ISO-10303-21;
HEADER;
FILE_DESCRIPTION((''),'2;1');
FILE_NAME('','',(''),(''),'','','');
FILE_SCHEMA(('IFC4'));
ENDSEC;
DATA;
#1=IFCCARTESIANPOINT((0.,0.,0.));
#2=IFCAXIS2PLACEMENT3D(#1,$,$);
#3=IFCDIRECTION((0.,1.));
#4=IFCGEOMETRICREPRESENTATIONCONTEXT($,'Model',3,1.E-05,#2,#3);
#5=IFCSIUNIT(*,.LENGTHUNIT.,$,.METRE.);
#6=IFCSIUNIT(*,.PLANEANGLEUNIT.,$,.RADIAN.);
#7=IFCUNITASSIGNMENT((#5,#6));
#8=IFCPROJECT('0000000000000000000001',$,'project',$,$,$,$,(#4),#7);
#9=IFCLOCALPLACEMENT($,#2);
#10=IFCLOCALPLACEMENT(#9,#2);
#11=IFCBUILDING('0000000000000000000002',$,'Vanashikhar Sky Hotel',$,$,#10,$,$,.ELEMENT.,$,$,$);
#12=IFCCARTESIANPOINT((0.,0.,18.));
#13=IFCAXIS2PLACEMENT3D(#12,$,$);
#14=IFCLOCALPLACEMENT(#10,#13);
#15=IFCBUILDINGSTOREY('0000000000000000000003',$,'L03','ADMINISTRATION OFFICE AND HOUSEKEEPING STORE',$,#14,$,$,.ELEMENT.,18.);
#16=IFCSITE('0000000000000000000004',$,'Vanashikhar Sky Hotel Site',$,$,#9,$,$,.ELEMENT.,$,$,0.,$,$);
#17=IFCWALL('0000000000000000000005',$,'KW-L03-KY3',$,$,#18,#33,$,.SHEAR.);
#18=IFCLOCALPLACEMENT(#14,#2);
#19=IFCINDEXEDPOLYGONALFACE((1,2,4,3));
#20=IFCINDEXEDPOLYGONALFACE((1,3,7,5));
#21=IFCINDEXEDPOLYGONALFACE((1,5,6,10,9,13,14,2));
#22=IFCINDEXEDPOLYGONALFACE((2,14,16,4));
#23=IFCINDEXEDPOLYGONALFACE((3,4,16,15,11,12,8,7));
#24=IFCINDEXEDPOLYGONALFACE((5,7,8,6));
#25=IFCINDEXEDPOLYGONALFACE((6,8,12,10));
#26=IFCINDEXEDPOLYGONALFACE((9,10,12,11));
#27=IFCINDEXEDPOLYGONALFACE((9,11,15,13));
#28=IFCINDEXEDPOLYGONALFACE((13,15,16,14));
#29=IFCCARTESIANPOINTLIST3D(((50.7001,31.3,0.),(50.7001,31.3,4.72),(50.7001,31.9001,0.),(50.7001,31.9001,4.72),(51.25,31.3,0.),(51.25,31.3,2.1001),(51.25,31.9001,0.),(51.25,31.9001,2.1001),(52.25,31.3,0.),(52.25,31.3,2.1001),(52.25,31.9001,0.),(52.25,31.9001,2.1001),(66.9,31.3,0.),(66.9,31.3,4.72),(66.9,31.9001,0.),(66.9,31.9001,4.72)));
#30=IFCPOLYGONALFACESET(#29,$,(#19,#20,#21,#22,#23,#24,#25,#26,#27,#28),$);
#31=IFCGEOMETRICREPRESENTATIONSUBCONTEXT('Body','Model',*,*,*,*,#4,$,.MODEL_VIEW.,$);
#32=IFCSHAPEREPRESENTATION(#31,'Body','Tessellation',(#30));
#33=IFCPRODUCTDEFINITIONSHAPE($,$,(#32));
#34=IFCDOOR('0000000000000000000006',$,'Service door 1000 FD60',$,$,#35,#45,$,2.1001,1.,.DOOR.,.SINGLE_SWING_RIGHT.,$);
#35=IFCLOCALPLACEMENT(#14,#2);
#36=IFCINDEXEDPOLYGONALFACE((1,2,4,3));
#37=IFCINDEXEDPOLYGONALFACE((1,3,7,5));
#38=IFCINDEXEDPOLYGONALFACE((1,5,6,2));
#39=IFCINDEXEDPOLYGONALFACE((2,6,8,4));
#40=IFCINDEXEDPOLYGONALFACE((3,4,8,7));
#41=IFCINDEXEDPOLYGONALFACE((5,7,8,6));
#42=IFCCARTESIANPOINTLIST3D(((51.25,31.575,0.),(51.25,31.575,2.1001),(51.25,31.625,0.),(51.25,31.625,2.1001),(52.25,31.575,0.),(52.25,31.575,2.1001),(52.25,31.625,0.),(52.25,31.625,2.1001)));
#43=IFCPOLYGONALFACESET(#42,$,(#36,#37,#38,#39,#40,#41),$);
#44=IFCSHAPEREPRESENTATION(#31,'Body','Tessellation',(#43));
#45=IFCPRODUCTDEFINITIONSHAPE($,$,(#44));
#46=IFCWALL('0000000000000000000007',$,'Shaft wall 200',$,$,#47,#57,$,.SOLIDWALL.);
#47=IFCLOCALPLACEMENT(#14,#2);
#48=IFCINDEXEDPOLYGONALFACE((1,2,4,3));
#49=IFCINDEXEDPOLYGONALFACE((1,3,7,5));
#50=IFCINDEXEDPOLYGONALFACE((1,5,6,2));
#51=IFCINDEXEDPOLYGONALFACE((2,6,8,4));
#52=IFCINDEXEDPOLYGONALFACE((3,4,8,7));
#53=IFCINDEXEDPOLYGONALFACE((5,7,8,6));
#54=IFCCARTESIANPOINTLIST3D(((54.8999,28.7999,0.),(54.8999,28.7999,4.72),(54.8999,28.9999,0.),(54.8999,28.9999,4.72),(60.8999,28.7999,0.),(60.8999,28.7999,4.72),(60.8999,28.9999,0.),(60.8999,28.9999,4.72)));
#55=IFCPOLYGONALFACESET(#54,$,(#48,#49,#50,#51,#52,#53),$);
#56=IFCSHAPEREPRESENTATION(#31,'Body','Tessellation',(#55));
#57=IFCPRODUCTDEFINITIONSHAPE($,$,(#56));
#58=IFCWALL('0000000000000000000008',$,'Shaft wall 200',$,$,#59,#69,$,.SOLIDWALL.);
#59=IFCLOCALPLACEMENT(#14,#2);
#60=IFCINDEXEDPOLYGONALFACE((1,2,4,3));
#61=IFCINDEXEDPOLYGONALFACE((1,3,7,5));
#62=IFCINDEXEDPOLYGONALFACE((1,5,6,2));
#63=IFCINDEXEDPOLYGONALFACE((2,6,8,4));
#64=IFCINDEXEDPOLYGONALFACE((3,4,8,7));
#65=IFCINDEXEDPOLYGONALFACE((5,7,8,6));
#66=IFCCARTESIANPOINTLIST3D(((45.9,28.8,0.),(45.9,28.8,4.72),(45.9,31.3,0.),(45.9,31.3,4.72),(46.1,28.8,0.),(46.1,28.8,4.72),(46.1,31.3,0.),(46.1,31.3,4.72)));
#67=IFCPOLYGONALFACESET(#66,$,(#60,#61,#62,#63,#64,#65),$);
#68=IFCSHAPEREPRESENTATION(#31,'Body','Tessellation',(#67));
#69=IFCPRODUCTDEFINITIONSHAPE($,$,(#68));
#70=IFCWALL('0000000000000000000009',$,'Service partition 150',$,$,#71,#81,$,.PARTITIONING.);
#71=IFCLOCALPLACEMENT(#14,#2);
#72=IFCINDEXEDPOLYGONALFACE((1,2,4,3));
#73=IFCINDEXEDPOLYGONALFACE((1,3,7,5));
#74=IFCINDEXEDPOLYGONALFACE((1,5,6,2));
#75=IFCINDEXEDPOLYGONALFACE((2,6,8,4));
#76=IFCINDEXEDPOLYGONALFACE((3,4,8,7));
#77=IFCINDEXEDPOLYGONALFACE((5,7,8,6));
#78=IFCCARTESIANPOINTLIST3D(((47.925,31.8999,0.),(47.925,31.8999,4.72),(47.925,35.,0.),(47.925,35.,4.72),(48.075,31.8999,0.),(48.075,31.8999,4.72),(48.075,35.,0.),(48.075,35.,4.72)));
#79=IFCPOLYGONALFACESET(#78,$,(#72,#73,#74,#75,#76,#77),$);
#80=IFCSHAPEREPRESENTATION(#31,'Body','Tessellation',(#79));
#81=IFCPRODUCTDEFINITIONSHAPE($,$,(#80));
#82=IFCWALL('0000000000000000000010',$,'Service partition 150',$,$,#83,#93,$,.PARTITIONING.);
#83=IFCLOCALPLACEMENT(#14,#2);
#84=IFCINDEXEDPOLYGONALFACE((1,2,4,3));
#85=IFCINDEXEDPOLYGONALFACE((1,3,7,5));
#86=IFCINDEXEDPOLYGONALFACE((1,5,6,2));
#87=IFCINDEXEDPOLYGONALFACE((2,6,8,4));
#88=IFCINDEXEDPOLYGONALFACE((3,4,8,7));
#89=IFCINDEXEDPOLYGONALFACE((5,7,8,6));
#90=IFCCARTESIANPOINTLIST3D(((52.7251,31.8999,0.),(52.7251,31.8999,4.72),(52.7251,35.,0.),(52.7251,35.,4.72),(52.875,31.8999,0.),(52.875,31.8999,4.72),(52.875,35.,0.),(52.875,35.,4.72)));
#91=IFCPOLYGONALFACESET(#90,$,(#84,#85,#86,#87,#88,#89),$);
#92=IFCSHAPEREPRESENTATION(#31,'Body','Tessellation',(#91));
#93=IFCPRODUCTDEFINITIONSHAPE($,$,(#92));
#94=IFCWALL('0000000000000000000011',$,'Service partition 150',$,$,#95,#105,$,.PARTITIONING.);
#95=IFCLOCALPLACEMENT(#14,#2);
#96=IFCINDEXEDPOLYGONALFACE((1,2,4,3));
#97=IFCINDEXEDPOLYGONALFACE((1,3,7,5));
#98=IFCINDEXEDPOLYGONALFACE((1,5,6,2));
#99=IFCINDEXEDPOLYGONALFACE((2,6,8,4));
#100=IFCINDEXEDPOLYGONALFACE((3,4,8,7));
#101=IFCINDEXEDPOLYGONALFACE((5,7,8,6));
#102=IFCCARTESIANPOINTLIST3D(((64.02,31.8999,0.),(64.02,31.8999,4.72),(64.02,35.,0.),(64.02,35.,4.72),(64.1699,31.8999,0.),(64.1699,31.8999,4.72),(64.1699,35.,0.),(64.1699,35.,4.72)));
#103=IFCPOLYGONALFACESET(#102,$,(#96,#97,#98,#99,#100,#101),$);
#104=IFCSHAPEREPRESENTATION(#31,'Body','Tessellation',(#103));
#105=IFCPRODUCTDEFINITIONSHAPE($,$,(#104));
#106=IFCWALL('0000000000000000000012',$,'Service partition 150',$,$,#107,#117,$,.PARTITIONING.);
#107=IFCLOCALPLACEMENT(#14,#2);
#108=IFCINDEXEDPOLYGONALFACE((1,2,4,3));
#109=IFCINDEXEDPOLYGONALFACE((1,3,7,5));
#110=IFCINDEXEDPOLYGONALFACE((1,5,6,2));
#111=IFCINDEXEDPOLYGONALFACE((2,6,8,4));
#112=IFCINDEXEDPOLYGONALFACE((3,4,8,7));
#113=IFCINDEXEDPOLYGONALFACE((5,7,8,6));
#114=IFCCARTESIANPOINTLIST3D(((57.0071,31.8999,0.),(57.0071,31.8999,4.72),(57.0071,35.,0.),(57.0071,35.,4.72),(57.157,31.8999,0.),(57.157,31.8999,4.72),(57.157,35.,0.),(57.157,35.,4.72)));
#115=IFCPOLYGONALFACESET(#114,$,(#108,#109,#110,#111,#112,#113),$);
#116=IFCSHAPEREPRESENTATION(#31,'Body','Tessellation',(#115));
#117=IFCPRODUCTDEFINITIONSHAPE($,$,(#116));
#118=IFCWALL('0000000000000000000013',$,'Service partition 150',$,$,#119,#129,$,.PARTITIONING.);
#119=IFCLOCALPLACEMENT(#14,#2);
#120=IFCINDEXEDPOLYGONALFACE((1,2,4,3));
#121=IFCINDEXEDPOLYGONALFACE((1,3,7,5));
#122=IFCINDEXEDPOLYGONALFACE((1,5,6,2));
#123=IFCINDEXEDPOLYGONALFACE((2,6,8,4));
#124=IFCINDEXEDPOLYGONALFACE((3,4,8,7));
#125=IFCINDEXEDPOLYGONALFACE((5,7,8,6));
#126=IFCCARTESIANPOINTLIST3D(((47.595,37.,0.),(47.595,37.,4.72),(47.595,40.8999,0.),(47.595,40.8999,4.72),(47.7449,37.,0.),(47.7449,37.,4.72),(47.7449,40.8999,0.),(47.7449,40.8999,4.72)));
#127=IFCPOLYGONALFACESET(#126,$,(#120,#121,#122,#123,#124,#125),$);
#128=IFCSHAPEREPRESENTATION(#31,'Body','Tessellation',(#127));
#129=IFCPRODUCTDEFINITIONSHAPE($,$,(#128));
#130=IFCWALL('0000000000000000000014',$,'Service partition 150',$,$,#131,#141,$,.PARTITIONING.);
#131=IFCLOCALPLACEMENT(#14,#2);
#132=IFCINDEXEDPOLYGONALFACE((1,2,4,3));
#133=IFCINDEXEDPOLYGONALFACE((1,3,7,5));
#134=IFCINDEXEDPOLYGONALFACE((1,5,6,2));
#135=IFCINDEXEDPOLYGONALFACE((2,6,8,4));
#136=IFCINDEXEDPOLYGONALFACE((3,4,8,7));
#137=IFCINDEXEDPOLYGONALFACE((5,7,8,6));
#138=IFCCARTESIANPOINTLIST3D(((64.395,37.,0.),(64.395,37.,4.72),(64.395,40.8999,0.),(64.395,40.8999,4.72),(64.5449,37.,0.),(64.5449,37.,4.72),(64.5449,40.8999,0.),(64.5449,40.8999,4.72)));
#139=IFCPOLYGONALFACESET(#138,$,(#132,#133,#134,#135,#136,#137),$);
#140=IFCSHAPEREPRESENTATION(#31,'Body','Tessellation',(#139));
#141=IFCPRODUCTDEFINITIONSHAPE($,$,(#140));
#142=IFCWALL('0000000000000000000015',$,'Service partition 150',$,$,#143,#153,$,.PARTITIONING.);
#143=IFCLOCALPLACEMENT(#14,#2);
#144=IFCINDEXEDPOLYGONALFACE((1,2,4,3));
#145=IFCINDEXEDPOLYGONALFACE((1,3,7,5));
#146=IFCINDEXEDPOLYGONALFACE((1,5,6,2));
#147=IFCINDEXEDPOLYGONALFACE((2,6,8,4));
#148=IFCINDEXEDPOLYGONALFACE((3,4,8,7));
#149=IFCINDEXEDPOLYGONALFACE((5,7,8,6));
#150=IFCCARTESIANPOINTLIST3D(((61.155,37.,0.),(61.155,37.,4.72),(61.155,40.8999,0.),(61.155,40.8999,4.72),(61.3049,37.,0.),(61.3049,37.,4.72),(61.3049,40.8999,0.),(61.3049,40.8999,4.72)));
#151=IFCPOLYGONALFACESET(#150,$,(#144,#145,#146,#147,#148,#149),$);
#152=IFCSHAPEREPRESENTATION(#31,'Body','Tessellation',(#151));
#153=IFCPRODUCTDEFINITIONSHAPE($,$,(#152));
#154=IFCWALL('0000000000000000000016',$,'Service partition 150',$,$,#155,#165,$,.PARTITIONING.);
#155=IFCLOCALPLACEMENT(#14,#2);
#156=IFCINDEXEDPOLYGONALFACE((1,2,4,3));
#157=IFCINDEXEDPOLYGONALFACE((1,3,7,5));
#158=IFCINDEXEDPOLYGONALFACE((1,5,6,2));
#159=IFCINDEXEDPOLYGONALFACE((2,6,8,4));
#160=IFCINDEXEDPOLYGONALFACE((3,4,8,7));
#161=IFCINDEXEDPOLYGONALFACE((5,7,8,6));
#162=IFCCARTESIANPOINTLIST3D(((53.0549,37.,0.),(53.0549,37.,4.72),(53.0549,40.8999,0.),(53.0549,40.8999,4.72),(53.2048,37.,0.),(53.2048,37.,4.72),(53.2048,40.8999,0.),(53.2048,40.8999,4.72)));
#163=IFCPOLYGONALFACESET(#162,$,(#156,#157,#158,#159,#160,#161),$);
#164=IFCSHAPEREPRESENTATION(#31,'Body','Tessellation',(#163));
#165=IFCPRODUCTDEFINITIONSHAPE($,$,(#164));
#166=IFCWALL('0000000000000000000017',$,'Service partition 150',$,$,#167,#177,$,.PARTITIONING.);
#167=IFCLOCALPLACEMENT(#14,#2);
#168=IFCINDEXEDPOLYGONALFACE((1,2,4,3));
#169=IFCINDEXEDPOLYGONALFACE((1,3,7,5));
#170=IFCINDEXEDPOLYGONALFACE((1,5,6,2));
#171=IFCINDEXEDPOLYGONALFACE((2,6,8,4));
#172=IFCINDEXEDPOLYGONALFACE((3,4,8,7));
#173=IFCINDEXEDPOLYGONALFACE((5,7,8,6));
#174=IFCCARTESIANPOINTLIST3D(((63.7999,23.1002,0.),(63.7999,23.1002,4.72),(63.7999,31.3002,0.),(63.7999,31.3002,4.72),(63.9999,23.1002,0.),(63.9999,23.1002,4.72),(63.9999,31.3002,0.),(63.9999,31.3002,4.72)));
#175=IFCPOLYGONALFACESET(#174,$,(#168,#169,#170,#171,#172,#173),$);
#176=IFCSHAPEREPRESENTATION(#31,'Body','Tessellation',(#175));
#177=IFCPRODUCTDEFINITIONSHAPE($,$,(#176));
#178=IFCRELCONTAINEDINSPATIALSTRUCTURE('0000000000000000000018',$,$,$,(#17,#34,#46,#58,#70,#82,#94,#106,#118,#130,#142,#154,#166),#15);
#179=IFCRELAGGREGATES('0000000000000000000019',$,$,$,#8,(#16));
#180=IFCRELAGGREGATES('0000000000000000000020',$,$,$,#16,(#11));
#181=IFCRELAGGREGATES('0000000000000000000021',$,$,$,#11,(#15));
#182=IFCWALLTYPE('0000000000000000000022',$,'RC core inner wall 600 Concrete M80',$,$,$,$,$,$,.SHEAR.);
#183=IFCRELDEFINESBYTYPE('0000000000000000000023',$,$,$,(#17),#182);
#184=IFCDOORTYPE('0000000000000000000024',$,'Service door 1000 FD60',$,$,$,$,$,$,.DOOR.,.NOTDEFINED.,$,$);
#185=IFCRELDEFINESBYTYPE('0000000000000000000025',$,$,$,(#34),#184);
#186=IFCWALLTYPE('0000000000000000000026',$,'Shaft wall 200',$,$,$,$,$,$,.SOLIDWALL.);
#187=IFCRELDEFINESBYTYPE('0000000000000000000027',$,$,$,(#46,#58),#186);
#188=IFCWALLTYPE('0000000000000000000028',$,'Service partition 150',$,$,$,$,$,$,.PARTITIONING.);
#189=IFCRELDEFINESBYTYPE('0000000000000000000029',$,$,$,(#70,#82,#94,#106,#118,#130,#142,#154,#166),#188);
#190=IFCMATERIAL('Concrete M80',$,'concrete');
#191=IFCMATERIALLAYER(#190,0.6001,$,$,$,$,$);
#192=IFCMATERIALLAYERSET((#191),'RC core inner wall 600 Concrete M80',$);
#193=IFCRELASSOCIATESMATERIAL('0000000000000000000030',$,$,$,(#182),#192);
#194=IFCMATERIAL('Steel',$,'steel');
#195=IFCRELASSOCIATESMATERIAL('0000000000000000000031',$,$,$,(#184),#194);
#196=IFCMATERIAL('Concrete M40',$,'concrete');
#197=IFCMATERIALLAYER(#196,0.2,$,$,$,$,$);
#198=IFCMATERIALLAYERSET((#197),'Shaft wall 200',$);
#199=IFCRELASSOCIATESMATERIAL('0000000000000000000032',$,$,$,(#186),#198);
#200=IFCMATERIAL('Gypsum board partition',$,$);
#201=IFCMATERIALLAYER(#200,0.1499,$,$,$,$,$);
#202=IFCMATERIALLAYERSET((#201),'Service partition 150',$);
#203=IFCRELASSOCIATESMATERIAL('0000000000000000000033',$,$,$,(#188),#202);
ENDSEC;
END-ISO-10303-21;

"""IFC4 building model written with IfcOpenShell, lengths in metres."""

from ifc_helpers import new_model, si_unit, direction, frame, frame_2d, origin, place, context, subcontext, project, spatial, rectangle, extrude, source, transform, mapped, material, layer, layer_set, type_object, element, fill, save


model = new_model("IFC4")

# Units and contexts
model_context = context("Model", 3, precision=1e-05, world=origin(), true_north=direction((0.0, 1.0)))
body_context = subcontext(model_context, "Body", "Model", "MODEL_VIEW")
ifc_project = project(units=[si_unit("LENGTHUNIT", "METRE"), si_unit("PLANEANGLEUNIT", "RADIAN")], contexts=[model_context])

# Site, building, storey
site_placement = place(None, origin())
site = spatial("IfcSite", under=ifc_project, at=site_placement, Name="Vanashikhar Sky Hotel Site", CompositionType="ELEMENT", RefElevation=0.0)
building_placement = place(site_placement, origin())
building = spatial("IfcBuilding", under=site, at=building_placement, Name="Vanashikhar Sky Hotel", CompositionType="ELEMENT")
storey_placement = place(building_placement, frame((0.0, 0.0, 18.0)))
storey = spatial("IfcBuildingStorey", under=building, at=storey_placement, Name="L03", Description="ADMINISTRATION OFFICE AND HOUSEKEEPING STORE", CompositionType="ELEMENT", Elevation=18.0)

# Wall, opening, door
ifc_material_1 = material(Name="Concrete M80", Category="concrete")
ifc_layer_1 = layer(ifc_material_1, 0.6001)
ifc_layer_set_1 = layer_set([ifc_layer_1], Name="RC core inner wall 600 Concrete M80")
wall_type_1 = type_object("IfcWallType", Name="RC core inner wall 600 Concrete M80", PredefinedType="SHEAR", material=ifc_layer_set_1)
shared_shape_1 = source(origin(), body_context, "Body", "SweptSolid", [
    extrude(rectangle(XDim=16.2, YDim=0.6001, at=frame_2d((8.1001, 0.0))), origin(), (0.0, 0.0, 1.0), 4.72),
])
wall_1_placement = place(storey_placement, frame((50.7, 31.6001, 0.0), z_axis=(0.0, 0.0, 1.0), x_axis=(1.0, 0.0, 0.0)))
wall_1 = element("IfcWall", 1, at=wall_1_placement, inside=storey, type_object=wall_type_1, Name="KW-L03-KY3", PredefinedType="SHEAR", context=body_context, shape_type="MappedRepresentation", body=[
    mapped(shared_shape_1, transform((0.0, 0.0, 0.0), scale=1.0)),
])
shared_shape_2 = source(origin(), body_context, "Body", "SweptSolid", [
    extrude(rectangle(XDim=1.0, YDim=2.1001, at=frame_2d((0.5, 1.05))), frame((0.0, 0.3101, 0.0), z_axis=(0.0, -1.0, 0.0), x_axis=(1.0, 0.0, 0.0)), (0.0, 0.0, 1.0), 0.6201),
])
opening_1_placement = place(wall_1_placement, frame((0.55, 0.0, 0.0)))
opening_1 = element("IfcOpeningElement", 2, at=opening_1_placement, cuts=wall_1, PredefinedType="OPENING", context=body_context, shape_type="MappedRepresentation", body=[
    mapped(shared_shape_2, transform((0.0, 0.0, 0.0), scale=1.0)),
])
ifc_material_2 = material(Name="Steel", Category="steel")
door_type_1 = type_object("IfcDoorType", Name="Service door 1000 FD60", OperationType="NOTDEFINED", PredefinedType="DOOR", material=ifc_material_2)
shared_shape_3 = source(origin(), body_context, "Body", "SweptSolid", [
    extrude(rectangle(XDim=1.0, YDim=2.1001, at=frame_2d((0.5, 1.05))), frame((0.0, 0.0249, 0.0), z_axis=(0.0, -1.0, 0.0), x_axis=(1.0, 0.0, 0.0)), (0.0, 0.0, 1.0), 0.05),
])
door_1_placement = place(opening_1_placement, origin())
door_1 = element("IfcDoor", 3, at=door_1_placement, inside=storey, type_object=door_type_1, Name="Service door 1000 FD60", OperationType="SINGLE_SWING_RIGHT", OverallHeight=2.1001, OverallWidth=1.0, PredefinedType="DOOR", context=body_context, shape_type="MappedRepresentation", body=[
    mapped(shared_shape_3, transform((0.0, 0.0, 0.0), scale=1.0)),
])
fill(opening_1, door_1)

# Walls
ifc_material_3 = material(Name="Concrete M40", Category="concrete")
ifc_layer_2 = layer(ifc_material_3, 0.2)
ifc_layer_set_2 = layer_set([ifc_layer_2], Name="Shaft wall 200")
wall_type_2 = type_object("IfcWallType", Name="Shaft wall 200", PredefinedType="SOLIDWALL", material=ifc_layer_set_2)
shared_shape_4 = source(origin(), body_context, "Body", "SweptSolid", [
    extrude(rectangle(XDim=6.0, YDim=0.2, at=frame_2d((3.0, 0.0))), origin(), (0.0, 0.0, 1.0), 4.72),
])
wall_2_placement = place(storey_placement, frame((60.8999, 28.8999, 0.0), z_axis=(0.0, 0.0, 1.0), x_axis=(-1.0, 0.0, 0.0)))
element("IfcWall", 4, at=wall_2_placement, inside=storey, type_object=wall_type_2, Name="Shaft wall 200", PredefinedType="SOLIDWALL", context=body_context, shape_type="MappedRepresentation", body=[
    mapped(shared_shape_4, transform((0.0, 0.0, 0.0), scale=1.0)),
])
shared_shape_5 = source(origin(), body_context, "Body", "SweptSolid", [
    extrude(rectangle(XDim=2.5, YDim=0.2, at=frame_2d((1.25, 0.0))), origin(), (0.0, 0.0, 1.0), 4.72),
])
wall_3_placement = place(storey_placement, frame((46.0, 28.8, 0.0), z_axis=(0.0, 0.0, 1.0), x_axis=(0.0, 1.0, 0.0)))
element("IfcWall", 5, at=wall_3_placement, inside=storey, type_object=wall_type_2, Name="Shaft wall 200", PredefinedType="SOLIDWALL", context=body_context, shape_type="MappedRepresentation", body=[
    mapped(shared_shape_5, transform((0.0, 0.0, 0.0), scale=1.0)),
])
ifc_material_4 = material(Name="Gypsum board partition")
ifc_layer_3 = layer(ifc_material_4, 0.1499)
ifc_layer_set_3 = layer_set([ifc_layer_3], Name="Service partition 150")
wall_type_3 = type_object("IfcWallType", Name="Service partition 150", PredefinedType="PARTITIONING", material=ifc_layer_set_3)
shared_shape_6 = source(origin(), body_context, "Body", "SweptSolid", [
    extrude(rectangle(XDim=3.1001, YDim=0.1499, at=frame_2d((1.55, 0.0))), origin(), (0.0, 0.0, 1.0), 4.72),
])
for number, where, z_axis, x_axis, name in (
    (6, (48.0, 31.8999, 0.0), (0.0, 0.0, 1.0), (0.0, 1.0, 0.0), "Service partition 150"),
    (7, (52.8, 31.8999, 0.0), (0.0, 0.0, 1.0), (0.0, 1.0, 0.0), "Service partition 150"),
    (8, (64.095, 31.8999, 0.0), (0.0, 0.0, 1.0), (0.0, 1.0, 0.0), "Service partition 150"),
    (9, (57.082, 31.8999, 0.0), (0.0, 0.0, 1.0), (0.0, 1.0, 0.0), "Service partition 150"),
):
    element("IfcWall", number, at=place(storey_placement, frame(where, z_axis=z_axis, x_axis=x_axis)), inside=storey, type_object=wall_type_3, Name=name, PredefinedType="PARTITIONING", context=body_context, shape_type="MappedRepresentation", body=[
        mapped(shared_shape_6, transform((0.0, 0.0, 0.0), scale=1.0)),
    ])
shared_shape_7 = source(origin(), body_context, "Body", "SweptSolid", [
    extrude(rectangle(XDim=3.8999, YDim=0.1499, at=frame_2d((1.95, 0.0))), origin(), (0.0, 0.0, 1.0), 4.72),
])
for number, where, z_axis, x_axis, name in (
    (10, (47.6699, 37.0, 0.0), (0.0, 0.0, 1.0), (0.0, 1.0, 0.0), "Service partition 150"),
    (11, (64.47, 37.0, 0.0), (0.0, 0.0, 1.0), (0.0, 1.0, 0.0), "Service partition 150"),
    (12, (61.23, 37.0, 0.0), (0.0, 0.0, 1.0), (0.0, 1.0, 0.0), "Service partition 150"),
    (13, (53.1299, 37.0, 0.0), (0.0, 0.0, 1.0), (0.0, 1.0, 0.0), "Service partition 150"),
):
    element("IfcWall", number, at=place(storey_placement, frame(where, z_axis=z_axis, x_axis=x_axis)), inside=storey, type_object=wall_type_3, Name=name, PredefinedType="PARTITIONING", context=body_context, shape_type="MappedRepresentation", body=[
        mapped(shared_shape_7, transform((0.0, 0.0, 0.0), scale=1.0)),
    ])
shared_shape_8 = source(origin(), body_context, "Body", "SweptSolid", [
    extrude(rectangle(XDim=8.2, YDim=0.2, at=frame_2d((4.1001, 0.0))), origin(), (0.0, 0.0, 1.0), 4.72),
])
wall_4_placement = place(storey_placement, frame((63.8999, 23.1001, 0.0), z_axis=(0.0, 0.0, 1.0), x_axis=(0.0, 1.0, 0.0)))
element("IfcWall", 14, at=wall_4_placement, inside=storey, type_object=wall_type_3, Name="Service partition 150", PredefinedType="PARTITIONING", context=body_context, shape_type="MappedRepresentation", body=[
    mapped(shared_shape_8, transform((0.0, 0.0, 0.0), scale=1.0)),
])

save(model, "model.ifc")
